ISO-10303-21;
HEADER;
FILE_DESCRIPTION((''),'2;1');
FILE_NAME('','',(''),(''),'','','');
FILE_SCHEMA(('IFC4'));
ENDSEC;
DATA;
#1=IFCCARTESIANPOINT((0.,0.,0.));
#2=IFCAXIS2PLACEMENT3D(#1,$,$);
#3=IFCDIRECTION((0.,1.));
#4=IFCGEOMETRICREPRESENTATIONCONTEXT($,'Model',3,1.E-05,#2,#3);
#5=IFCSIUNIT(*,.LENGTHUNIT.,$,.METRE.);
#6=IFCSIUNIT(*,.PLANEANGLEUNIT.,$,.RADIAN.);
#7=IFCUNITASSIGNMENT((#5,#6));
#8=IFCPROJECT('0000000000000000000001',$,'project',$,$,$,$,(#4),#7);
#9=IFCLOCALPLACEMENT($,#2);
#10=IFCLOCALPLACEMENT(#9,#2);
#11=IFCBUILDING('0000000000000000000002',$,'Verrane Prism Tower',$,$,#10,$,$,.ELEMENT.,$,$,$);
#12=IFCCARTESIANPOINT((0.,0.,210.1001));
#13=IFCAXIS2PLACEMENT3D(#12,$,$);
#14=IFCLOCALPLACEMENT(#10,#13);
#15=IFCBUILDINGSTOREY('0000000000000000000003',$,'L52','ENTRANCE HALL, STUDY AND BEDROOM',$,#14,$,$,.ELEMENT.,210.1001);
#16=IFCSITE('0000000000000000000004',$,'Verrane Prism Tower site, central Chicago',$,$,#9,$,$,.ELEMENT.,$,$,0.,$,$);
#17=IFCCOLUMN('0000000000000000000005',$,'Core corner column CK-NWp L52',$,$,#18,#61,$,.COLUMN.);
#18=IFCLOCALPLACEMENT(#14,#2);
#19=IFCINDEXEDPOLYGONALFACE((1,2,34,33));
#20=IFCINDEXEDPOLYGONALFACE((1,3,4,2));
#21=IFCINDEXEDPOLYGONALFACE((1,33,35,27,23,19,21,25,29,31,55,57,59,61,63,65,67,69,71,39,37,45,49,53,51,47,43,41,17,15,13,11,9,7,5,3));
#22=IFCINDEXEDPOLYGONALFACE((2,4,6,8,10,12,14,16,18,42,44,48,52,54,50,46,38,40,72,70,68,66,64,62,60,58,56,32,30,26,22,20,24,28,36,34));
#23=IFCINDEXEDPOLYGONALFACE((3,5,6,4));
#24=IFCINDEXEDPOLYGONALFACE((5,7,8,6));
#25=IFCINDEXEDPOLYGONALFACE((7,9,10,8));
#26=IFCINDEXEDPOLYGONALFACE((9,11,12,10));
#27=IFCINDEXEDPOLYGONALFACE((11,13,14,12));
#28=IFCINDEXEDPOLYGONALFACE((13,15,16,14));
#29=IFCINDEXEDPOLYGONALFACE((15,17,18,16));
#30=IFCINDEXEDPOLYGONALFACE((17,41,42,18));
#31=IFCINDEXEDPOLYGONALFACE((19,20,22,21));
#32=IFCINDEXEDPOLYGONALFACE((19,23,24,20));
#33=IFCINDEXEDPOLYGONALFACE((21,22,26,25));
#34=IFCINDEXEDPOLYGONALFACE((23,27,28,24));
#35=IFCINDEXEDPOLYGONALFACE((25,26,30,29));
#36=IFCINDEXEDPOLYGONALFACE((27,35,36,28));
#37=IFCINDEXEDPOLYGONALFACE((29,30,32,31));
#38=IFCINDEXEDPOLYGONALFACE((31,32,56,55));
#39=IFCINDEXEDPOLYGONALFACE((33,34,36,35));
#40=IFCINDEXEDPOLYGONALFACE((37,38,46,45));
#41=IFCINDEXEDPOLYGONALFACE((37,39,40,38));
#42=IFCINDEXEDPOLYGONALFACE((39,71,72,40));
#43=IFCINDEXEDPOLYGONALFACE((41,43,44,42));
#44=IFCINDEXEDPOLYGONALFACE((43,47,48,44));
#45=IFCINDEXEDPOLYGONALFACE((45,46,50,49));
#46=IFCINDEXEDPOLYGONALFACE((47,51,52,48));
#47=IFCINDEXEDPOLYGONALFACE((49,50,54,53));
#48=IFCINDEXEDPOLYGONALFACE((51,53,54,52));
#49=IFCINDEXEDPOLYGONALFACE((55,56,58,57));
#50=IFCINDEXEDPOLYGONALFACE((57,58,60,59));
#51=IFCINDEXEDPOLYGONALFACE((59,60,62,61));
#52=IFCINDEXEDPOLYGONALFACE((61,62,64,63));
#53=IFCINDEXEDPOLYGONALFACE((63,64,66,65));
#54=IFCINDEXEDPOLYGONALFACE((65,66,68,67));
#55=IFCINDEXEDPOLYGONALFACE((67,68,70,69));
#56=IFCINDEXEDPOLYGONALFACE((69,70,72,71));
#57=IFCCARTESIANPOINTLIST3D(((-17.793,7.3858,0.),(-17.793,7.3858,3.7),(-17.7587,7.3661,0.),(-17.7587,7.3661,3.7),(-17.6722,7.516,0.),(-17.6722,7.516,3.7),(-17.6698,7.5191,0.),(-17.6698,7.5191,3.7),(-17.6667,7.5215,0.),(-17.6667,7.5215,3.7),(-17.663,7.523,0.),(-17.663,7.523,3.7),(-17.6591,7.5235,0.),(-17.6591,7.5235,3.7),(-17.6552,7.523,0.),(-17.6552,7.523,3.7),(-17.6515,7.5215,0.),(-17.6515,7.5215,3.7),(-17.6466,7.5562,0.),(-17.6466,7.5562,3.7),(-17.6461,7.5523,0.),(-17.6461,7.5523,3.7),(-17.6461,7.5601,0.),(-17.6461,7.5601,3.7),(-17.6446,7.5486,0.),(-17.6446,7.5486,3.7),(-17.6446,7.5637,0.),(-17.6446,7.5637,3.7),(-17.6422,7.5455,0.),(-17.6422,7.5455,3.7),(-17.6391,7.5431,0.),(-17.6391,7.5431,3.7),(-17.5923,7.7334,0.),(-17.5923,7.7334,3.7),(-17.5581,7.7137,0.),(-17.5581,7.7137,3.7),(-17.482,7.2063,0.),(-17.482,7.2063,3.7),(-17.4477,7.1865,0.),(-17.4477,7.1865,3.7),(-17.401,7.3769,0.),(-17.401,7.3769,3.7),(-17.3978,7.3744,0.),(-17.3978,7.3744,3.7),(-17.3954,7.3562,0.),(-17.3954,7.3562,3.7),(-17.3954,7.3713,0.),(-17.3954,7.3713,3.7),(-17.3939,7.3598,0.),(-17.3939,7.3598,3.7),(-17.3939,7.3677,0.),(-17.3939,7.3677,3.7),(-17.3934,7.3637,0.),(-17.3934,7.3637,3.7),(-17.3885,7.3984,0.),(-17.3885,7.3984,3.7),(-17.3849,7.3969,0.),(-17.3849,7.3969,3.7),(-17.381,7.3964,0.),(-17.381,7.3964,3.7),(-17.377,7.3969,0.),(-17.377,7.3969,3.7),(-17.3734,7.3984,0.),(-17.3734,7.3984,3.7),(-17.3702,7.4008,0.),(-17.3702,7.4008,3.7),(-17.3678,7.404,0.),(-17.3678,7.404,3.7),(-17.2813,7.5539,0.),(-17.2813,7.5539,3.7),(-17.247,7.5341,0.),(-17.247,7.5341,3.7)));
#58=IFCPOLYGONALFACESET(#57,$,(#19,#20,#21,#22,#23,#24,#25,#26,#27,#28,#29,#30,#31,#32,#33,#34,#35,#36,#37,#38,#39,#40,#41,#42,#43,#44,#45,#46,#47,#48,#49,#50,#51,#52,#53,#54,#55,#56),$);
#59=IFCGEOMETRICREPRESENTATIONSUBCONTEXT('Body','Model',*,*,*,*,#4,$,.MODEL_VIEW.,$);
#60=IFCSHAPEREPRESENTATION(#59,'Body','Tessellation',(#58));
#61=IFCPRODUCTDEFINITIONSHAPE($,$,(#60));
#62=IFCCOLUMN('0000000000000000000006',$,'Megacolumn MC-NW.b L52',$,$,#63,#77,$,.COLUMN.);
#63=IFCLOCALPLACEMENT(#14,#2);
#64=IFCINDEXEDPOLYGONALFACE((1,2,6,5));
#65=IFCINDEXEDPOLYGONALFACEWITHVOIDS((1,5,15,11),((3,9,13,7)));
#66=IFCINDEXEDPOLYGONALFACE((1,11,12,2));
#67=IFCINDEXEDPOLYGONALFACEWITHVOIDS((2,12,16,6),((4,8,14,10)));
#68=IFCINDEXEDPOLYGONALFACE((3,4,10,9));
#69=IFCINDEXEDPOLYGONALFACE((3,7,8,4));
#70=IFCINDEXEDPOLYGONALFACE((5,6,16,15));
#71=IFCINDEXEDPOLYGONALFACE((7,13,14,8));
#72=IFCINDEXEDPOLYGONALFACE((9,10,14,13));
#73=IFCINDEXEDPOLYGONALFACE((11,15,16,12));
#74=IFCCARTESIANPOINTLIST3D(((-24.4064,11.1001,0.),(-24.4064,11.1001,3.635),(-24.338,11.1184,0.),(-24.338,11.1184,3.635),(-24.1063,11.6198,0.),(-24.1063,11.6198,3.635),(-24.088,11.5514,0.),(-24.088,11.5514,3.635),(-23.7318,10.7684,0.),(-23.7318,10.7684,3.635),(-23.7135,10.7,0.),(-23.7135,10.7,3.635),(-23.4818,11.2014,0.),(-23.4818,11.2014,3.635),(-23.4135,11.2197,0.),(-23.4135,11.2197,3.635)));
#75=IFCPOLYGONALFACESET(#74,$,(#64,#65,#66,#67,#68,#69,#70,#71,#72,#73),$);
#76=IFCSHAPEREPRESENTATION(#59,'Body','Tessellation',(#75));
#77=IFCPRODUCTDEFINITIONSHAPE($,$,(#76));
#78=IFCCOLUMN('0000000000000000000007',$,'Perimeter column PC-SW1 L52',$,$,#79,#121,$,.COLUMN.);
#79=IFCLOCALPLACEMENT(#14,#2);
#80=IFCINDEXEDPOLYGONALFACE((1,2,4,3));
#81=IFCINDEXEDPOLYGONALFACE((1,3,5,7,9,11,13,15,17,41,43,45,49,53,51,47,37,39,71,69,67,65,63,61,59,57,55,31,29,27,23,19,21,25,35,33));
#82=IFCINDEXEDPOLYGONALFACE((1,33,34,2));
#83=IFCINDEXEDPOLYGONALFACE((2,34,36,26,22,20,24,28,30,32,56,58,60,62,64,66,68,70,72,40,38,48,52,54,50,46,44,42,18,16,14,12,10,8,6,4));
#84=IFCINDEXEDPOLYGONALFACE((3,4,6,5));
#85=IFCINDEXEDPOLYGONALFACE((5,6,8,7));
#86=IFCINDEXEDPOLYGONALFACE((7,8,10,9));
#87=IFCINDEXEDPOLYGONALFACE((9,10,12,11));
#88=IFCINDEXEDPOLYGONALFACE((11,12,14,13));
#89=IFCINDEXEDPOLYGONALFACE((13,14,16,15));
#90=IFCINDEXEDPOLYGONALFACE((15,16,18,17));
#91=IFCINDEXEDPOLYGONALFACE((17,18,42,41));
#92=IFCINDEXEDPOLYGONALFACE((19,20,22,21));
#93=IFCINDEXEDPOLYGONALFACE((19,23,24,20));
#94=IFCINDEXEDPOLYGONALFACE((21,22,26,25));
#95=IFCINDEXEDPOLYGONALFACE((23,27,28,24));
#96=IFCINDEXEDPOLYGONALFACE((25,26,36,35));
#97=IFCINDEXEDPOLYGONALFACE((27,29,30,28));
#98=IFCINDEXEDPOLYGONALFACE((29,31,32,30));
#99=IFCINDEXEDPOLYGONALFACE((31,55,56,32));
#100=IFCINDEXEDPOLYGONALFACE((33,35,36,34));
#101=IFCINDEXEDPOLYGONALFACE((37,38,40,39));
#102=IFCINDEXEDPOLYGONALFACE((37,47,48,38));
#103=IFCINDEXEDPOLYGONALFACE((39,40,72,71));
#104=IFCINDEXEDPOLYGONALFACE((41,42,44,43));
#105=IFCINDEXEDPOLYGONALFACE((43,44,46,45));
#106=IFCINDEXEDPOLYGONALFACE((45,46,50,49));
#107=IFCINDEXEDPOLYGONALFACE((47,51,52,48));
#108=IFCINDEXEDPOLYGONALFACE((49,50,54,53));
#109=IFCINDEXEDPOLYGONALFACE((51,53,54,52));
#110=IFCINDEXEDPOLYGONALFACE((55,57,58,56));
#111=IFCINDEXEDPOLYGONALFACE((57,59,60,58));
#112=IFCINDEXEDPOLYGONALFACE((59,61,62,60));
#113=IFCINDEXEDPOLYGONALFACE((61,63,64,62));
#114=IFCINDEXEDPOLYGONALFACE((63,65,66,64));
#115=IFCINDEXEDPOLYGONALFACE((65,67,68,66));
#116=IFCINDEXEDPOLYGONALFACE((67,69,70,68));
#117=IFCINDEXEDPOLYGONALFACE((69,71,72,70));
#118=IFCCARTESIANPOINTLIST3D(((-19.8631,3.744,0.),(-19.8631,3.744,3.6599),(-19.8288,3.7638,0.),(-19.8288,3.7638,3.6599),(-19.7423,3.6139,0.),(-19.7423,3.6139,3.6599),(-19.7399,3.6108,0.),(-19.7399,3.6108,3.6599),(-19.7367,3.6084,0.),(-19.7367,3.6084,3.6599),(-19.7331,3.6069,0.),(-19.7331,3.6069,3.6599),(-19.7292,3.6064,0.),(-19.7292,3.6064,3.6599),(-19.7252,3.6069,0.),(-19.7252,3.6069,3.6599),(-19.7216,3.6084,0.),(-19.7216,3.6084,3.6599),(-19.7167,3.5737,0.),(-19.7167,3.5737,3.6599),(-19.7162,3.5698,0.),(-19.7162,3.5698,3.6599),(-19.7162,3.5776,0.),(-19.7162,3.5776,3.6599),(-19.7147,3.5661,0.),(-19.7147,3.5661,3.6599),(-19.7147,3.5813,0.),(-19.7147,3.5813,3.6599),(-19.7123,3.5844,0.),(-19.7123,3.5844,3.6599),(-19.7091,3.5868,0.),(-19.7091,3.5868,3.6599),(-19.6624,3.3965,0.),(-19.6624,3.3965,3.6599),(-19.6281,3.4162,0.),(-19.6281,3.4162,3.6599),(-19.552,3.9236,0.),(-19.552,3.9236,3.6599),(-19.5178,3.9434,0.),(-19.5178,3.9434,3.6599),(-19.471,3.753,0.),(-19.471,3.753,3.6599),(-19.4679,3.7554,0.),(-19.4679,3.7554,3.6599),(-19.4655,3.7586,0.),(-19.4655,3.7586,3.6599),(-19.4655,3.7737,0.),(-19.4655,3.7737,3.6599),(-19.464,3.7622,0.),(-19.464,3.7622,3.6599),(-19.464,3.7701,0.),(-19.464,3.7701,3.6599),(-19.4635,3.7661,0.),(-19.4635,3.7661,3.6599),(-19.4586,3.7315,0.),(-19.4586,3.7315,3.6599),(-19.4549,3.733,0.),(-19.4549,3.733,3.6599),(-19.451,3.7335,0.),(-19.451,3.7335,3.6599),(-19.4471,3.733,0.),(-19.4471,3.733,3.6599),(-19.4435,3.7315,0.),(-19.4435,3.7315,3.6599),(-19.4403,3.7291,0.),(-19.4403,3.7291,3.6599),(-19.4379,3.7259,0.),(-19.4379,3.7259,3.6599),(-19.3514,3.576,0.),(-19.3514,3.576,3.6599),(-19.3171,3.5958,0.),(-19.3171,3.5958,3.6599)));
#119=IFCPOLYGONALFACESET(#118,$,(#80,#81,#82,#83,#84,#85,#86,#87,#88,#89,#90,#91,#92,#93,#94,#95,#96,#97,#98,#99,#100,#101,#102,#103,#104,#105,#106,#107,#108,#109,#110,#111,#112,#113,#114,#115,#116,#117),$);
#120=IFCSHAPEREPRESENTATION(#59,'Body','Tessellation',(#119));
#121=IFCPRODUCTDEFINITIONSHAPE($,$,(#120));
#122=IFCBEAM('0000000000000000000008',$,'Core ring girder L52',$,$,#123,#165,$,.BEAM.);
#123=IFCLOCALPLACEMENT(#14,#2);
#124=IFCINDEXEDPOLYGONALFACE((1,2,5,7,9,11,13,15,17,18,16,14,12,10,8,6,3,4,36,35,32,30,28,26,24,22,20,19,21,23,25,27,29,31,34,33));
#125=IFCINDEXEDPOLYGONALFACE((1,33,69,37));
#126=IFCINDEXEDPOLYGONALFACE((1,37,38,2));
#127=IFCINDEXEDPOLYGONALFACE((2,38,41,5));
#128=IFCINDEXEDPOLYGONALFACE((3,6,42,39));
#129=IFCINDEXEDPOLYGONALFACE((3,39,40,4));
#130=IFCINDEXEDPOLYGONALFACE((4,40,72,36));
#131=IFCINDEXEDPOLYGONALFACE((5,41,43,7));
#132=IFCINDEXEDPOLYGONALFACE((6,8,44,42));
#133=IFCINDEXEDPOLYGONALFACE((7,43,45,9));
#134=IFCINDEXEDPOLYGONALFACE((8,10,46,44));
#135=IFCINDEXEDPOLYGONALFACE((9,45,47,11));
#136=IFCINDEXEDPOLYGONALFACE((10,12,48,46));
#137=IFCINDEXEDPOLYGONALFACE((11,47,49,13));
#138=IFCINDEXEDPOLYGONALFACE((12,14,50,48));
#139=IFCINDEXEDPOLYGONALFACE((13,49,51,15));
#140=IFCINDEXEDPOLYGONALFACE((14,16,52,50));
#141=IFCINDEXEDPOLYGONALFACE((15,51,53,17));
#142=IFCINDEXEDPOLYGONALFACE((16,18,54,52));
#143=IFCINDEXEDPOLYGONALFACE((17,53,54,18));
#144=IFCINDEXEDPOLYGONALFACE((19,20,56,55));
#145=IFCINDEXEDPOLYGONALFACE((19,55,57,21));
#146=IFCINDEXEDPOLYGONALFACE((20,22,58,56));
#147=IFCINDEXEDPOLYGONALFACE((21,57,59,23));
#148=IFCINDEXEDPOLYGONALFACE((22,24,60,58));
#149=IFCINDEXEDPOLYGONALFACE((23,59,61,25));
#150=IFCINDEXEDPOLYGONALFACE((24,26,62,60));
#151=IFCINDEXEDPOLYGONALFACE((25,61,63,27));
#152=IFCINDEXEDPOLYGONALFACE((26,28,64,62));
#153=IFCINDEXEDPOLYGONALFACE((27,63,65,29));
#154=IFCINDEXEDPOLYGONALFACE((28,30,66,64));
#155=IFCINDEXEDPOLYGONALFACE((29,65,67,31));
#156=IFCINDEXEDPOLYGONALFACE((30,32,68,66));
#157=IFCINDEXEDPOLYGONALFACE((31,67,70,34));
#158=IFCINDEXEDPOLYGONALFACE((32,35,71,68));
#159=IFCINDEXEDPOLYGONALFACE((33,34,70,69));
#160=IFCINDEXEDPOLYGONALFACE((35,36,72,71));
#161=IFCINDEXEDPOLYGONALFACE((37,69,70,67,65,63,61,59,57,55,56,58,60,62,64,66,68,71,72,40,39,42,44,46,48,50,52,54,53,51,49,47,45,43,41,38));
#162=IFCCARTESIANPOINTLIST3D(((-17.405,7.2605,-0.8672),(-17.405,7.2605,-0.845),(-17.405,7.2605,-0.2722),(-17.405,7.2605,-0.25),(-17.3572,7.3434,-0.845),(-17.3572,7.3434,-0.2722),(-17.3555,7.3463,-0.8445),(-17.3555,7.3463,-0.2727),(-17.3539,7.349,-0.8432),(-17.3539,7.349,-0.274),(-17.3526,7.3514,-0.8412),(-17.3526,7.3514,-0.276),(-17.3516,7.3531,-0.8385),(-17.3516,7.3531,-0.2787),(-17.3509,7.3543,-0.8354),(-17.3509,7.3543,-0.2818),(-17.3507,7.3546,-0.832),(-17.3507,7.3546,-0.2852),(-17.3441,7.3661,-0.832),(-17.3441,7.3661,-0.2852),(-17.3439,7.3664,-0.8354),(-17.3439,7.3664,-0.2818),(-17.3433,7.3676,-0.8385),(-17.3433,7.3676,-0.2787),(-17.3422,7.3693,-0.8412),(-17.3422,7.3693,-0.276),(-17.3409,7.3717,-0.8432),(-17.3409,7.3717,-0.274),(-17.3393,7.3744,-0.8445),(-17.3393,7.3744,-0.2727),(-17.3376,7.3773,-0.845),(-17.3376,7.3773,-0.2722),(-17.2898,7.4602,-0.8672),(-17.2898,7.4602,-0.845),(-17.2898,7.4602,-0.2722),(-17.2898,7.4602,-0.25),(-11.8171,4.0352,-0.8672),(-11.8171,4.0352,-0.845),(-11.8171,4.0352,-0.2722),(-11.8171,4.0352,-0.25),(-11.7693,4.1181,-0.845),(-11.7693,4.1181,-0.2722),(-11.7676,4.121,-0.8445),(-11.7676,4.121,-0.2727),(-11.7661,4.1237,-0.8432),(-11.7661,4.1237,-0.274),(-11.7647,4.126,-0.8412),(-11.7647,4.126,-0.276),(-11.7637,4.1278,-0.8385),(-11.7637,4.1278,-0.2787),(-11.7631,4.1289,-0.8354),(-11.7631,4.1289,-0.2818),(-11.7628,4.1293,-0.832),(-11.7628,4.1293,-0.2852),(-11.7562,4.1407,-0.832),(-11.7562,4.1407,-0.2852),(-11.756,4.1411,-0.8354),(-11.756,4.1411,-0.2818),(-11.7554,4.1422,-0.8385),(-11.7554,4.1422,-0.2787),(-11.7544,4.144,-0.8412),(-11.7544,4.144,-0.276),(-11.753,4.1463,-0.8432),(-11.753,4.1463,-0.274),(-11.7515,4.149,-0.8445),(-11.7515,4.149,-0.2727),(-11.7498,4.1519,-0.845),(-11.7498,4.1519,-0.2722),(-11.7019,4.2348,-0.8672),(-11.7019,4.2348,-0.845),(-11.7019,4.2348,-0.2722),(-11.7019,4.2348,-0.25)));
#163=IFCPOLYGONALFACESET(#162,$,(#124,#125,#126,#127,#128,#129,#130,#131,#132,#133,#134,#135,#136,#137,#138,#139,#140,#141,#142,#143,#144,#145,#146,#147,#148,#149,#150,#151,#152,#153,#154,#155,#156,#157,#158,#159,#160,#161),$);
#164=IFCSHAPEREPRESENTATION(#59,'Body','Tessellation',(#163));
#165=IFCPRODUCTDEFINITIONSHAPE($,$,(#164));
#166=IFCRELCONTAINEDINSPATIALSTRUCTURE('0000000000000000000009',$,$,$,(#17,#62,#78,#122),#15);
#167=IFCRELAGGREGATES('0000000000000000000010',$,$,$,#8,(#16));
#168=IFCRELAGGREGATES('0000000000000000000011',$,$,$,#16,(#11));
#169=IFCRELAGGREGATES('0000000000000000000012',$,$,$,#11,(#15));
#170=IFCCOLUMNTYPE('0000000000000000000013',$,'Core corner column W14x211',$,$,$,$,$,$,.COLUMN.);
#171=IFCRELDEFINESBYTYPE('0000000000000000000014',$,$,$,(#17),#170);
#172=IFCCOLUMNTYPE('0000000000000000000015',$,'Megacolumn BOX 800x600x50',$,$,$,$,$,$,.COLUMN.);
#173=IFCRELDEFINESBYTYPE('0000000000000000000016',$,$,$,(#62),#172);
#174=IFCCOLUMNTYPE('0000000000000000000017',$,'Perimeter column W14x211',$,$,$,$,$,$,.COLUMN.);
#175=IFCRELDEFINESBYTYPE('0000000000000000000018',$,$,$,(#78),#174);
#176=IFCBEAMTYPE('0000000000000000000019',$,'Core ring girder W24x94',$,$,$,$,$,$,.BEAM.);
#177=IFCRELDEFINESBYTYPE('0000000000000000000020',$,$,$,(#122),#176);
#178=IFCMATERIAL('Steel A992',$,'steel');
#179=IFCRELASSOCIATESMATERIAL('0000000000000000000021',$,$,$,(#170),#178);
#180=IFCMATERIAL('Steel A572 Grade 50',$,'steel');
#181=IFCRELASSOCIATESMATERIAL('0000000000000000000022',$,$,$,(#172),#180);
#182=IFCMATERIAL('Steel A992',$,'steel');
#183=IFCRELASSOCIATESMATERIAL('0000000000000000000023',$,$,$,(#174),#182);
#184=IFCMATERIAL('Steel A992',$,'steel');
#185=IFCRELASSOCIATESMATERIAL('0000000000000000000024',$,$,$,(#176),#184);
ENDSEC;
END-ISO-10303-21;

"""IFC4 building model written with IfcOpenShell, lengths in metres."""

from ifc_helpers import new_model, si_unit, direction, frame, origin, origin_2d, place, context, subcontext, project, spatial, hollow_rectangle, i_section, extrude, material, material_profile, profile_set, type_object, element, save


model = new_model("IFC4")

# Units and contexts
model_context = context("Model", 3, precision=1e-05, world=origin(), true_north=direction((0.0, 1.0)))
body_context = subcontext(model_context, "Body", "Model", "MODEL_VIEW")
ifc_project = project(units=[si_unit("LENGTHUNIT", "METRE"), si_unit("PLANEANGLEUNIT", "RADIAN")], contexts=[model_context])

# Site, building, storey
site_placement = place(None, origin())
site = spatial("IfcSite", under=ifc_project, at=site_placement, Name="Verrane Prism Tower site, central Chicago", CompositionType="ELEMENT", RefElevation=0.0)
building_placement = place(site_placement, origin())
building = spatial("IfcBuilding", under=site, at=building_placement, Name="Verrane Prism Tower", CompositionType="ELEMENT")
storey_placement = place(building_placement, frame((0.0, 0.0, 210.1001)))
storey = spatial("IfcBuildingStorey", under=building, at=storey_placement, Name="L52", Description="ENTRANCE HALL, STUDY AND BEDROOM", CompositionType="ELEMENT", Elevation=210.1001)

# Columns
ifc_material_1 = material(Name="Steel A992", Category="steel")
ifc_material_profile_1 = material_profile(ifc_material_1, i_section(OverallWidth=0.4014, OverallDepth=0.3987, WebThickness=0.0249, FlangeThickness=0.0396, FilletRadius=0.0151, at=origin_2d()), Name="W14x211")
ifc_profile_set_1 = profile_set([ifc_material_profile_1], Name="Steel A992")
column_type_1 = type_object("IfcColumnType", Name="Core corner column W14x211", PredefinedType="COLUMN", material=ifc_profile_set_1)
column_1_placement = place(storey_placement, frame((-17.52, 7.46, 0.0), z_axis=(0.0, 0.0, 1.0), x_axis=(0.5, 0.866025, 0.0)))
element("IfcColumn", 1, at=column_1_placement, inside=storey, type_object=column_type_1, Name="Core corner column CK-NWp L52", PredefinedType="COLUMN", context=body_context, shape_type="SweptSolid", body=[
    extrude(i_section(OverallWidth=0.4014, OverallDepth=0.3987, WebThickness=0.0249, FlangeThickness=0.0396, FilletRadius=0.0151, at=origin_2d()), origin(), (0.0, 0.0, 1.0), 3.7),
])
ifc_material_2 = material(Name="Steel A572 Grade 50", Category="steel")
ifc_material_profile_2 = material_profile(ifc_material_2, hollow_rectangle(XDim=0.6001, YDim=0.8, WallThickness=0.05, at=origin_2d()), Name="BOX 800x600x50")
ifc_profile_set_2 = profile_set([ifc_material_profile_2], Name="Steel A572 Grade 50")
column_type_2 = type_object("IfcColumnType", Name="Megacolumn BOX 800x600x50", PredefinedType="COLUMN", material=ifc_profile_set_2)
column_2_placement = place(storey_placement, frame((-23.9099, 11.1599, 0.0), z_axis=(0.0, 0.0, 1.0), x_axis=(0.5, 0.866025, 0.0)))
element("IfcColumn", 2, at=column_2_placement, inside=storey, type_object=column_type_2, Name="Megacolumn MC-NW.b L52", PredefinedType="COLUMN", context=body_context, shape_type="SweptSolid", body=[
    extrude(hollow_rectangle(XDim=0.6001, YDim=0.8, WallThickness=0.05, at=origin_2d()), origin(), (0.0, 0.0, 1.0), 3.635),
])
ifc_material_3 = material(Name="Steel A992", Category="steel")
ifc_material_profile_3 = material_profile(ifc_material_3, i_section(OverallWidth=0.4014, OverallDepth=0.3987, WebThickness=0.0249, FlangeThickness=0.0396, FilletRadius=0.0151, at=origin_2d()), Name="W14x211")
ifc_profile_set_3 = profile_set([ifc_material_profile_3], Name="Steel A992")
column_type_3 = type_object("IfcColumnType", Name="Perimeter column W14x211", PredefinedType="COLUMN", material=ifc_profile_set_3)
column_3_placement = place(storey_placement, frame((-19.5901, 3.6699, 0.0), z_axis=(0.0, 0.0, 1.0), x_axis=(-0.5, 0.866025, 0.0)))
element("IfcColumn", 3, at=column_3_placement, inside=storey, type_object=column_type_3, Name="Perimeter column PC-SW1 L52", PredefinedType="COLUMN", context=body_context, shape_type="SweptSolid", body=[
    extrude(i_section(OverallWidth=0.4014, OverallDepth=0.3987, WebThickness=0.0249, FlangeThickness=0.0396, FilletRadius=0.0151, at=origin_2d()), origin(), (0.0, 0.0, 1.0), 3.6599),
])

# Beam
ifc_material_4 = material(Name="Steel A992", Category="steel")
ifc_material_profile_4 = material_profile(ifc_material_4, i_section(OverallWidth=0.2305, OverallDepth=0.6172, WebThickness=0.0132, FlangeThickness=0.0222, FilletRadius=0.0129, at=origin_2d()), Name="W24x94")
ifc_profile_set_4 = profile_set([ifc_material_profile_4], Name="Steel A992")
beam_type_1 = type_object("IfcBeamType", Name="Core ring girder W24x94", PredefinedType="BEAM", material=ifc_profile_set_4)
beam_1_placement = place(storey_placement, frame((-17.3474, 7.3604, -0.5586), z_axis=(0.866081, -0.499904, 0.0), x_axis=(0.499904, 0.866081, 0.0)))
element("IfcBeam", 4, at=beam_1_placement, inside=storey, type_object=beam_type_1, Name="Core ring girder L52", PredefinedType="BEAM", context=body_context, shape_type="SweptSolid", body=[
    extrude(i_section(OverallWidth=0.2305, OverallDepth=0.6172, WebThickness=0.0132, FlangeThickness=0.0222, FilletRadius=0.0129, at=origin_2d()), origin(), (0.0, 0.0, 1.0), 6.4519),
])

save(model, "model.ifc")
